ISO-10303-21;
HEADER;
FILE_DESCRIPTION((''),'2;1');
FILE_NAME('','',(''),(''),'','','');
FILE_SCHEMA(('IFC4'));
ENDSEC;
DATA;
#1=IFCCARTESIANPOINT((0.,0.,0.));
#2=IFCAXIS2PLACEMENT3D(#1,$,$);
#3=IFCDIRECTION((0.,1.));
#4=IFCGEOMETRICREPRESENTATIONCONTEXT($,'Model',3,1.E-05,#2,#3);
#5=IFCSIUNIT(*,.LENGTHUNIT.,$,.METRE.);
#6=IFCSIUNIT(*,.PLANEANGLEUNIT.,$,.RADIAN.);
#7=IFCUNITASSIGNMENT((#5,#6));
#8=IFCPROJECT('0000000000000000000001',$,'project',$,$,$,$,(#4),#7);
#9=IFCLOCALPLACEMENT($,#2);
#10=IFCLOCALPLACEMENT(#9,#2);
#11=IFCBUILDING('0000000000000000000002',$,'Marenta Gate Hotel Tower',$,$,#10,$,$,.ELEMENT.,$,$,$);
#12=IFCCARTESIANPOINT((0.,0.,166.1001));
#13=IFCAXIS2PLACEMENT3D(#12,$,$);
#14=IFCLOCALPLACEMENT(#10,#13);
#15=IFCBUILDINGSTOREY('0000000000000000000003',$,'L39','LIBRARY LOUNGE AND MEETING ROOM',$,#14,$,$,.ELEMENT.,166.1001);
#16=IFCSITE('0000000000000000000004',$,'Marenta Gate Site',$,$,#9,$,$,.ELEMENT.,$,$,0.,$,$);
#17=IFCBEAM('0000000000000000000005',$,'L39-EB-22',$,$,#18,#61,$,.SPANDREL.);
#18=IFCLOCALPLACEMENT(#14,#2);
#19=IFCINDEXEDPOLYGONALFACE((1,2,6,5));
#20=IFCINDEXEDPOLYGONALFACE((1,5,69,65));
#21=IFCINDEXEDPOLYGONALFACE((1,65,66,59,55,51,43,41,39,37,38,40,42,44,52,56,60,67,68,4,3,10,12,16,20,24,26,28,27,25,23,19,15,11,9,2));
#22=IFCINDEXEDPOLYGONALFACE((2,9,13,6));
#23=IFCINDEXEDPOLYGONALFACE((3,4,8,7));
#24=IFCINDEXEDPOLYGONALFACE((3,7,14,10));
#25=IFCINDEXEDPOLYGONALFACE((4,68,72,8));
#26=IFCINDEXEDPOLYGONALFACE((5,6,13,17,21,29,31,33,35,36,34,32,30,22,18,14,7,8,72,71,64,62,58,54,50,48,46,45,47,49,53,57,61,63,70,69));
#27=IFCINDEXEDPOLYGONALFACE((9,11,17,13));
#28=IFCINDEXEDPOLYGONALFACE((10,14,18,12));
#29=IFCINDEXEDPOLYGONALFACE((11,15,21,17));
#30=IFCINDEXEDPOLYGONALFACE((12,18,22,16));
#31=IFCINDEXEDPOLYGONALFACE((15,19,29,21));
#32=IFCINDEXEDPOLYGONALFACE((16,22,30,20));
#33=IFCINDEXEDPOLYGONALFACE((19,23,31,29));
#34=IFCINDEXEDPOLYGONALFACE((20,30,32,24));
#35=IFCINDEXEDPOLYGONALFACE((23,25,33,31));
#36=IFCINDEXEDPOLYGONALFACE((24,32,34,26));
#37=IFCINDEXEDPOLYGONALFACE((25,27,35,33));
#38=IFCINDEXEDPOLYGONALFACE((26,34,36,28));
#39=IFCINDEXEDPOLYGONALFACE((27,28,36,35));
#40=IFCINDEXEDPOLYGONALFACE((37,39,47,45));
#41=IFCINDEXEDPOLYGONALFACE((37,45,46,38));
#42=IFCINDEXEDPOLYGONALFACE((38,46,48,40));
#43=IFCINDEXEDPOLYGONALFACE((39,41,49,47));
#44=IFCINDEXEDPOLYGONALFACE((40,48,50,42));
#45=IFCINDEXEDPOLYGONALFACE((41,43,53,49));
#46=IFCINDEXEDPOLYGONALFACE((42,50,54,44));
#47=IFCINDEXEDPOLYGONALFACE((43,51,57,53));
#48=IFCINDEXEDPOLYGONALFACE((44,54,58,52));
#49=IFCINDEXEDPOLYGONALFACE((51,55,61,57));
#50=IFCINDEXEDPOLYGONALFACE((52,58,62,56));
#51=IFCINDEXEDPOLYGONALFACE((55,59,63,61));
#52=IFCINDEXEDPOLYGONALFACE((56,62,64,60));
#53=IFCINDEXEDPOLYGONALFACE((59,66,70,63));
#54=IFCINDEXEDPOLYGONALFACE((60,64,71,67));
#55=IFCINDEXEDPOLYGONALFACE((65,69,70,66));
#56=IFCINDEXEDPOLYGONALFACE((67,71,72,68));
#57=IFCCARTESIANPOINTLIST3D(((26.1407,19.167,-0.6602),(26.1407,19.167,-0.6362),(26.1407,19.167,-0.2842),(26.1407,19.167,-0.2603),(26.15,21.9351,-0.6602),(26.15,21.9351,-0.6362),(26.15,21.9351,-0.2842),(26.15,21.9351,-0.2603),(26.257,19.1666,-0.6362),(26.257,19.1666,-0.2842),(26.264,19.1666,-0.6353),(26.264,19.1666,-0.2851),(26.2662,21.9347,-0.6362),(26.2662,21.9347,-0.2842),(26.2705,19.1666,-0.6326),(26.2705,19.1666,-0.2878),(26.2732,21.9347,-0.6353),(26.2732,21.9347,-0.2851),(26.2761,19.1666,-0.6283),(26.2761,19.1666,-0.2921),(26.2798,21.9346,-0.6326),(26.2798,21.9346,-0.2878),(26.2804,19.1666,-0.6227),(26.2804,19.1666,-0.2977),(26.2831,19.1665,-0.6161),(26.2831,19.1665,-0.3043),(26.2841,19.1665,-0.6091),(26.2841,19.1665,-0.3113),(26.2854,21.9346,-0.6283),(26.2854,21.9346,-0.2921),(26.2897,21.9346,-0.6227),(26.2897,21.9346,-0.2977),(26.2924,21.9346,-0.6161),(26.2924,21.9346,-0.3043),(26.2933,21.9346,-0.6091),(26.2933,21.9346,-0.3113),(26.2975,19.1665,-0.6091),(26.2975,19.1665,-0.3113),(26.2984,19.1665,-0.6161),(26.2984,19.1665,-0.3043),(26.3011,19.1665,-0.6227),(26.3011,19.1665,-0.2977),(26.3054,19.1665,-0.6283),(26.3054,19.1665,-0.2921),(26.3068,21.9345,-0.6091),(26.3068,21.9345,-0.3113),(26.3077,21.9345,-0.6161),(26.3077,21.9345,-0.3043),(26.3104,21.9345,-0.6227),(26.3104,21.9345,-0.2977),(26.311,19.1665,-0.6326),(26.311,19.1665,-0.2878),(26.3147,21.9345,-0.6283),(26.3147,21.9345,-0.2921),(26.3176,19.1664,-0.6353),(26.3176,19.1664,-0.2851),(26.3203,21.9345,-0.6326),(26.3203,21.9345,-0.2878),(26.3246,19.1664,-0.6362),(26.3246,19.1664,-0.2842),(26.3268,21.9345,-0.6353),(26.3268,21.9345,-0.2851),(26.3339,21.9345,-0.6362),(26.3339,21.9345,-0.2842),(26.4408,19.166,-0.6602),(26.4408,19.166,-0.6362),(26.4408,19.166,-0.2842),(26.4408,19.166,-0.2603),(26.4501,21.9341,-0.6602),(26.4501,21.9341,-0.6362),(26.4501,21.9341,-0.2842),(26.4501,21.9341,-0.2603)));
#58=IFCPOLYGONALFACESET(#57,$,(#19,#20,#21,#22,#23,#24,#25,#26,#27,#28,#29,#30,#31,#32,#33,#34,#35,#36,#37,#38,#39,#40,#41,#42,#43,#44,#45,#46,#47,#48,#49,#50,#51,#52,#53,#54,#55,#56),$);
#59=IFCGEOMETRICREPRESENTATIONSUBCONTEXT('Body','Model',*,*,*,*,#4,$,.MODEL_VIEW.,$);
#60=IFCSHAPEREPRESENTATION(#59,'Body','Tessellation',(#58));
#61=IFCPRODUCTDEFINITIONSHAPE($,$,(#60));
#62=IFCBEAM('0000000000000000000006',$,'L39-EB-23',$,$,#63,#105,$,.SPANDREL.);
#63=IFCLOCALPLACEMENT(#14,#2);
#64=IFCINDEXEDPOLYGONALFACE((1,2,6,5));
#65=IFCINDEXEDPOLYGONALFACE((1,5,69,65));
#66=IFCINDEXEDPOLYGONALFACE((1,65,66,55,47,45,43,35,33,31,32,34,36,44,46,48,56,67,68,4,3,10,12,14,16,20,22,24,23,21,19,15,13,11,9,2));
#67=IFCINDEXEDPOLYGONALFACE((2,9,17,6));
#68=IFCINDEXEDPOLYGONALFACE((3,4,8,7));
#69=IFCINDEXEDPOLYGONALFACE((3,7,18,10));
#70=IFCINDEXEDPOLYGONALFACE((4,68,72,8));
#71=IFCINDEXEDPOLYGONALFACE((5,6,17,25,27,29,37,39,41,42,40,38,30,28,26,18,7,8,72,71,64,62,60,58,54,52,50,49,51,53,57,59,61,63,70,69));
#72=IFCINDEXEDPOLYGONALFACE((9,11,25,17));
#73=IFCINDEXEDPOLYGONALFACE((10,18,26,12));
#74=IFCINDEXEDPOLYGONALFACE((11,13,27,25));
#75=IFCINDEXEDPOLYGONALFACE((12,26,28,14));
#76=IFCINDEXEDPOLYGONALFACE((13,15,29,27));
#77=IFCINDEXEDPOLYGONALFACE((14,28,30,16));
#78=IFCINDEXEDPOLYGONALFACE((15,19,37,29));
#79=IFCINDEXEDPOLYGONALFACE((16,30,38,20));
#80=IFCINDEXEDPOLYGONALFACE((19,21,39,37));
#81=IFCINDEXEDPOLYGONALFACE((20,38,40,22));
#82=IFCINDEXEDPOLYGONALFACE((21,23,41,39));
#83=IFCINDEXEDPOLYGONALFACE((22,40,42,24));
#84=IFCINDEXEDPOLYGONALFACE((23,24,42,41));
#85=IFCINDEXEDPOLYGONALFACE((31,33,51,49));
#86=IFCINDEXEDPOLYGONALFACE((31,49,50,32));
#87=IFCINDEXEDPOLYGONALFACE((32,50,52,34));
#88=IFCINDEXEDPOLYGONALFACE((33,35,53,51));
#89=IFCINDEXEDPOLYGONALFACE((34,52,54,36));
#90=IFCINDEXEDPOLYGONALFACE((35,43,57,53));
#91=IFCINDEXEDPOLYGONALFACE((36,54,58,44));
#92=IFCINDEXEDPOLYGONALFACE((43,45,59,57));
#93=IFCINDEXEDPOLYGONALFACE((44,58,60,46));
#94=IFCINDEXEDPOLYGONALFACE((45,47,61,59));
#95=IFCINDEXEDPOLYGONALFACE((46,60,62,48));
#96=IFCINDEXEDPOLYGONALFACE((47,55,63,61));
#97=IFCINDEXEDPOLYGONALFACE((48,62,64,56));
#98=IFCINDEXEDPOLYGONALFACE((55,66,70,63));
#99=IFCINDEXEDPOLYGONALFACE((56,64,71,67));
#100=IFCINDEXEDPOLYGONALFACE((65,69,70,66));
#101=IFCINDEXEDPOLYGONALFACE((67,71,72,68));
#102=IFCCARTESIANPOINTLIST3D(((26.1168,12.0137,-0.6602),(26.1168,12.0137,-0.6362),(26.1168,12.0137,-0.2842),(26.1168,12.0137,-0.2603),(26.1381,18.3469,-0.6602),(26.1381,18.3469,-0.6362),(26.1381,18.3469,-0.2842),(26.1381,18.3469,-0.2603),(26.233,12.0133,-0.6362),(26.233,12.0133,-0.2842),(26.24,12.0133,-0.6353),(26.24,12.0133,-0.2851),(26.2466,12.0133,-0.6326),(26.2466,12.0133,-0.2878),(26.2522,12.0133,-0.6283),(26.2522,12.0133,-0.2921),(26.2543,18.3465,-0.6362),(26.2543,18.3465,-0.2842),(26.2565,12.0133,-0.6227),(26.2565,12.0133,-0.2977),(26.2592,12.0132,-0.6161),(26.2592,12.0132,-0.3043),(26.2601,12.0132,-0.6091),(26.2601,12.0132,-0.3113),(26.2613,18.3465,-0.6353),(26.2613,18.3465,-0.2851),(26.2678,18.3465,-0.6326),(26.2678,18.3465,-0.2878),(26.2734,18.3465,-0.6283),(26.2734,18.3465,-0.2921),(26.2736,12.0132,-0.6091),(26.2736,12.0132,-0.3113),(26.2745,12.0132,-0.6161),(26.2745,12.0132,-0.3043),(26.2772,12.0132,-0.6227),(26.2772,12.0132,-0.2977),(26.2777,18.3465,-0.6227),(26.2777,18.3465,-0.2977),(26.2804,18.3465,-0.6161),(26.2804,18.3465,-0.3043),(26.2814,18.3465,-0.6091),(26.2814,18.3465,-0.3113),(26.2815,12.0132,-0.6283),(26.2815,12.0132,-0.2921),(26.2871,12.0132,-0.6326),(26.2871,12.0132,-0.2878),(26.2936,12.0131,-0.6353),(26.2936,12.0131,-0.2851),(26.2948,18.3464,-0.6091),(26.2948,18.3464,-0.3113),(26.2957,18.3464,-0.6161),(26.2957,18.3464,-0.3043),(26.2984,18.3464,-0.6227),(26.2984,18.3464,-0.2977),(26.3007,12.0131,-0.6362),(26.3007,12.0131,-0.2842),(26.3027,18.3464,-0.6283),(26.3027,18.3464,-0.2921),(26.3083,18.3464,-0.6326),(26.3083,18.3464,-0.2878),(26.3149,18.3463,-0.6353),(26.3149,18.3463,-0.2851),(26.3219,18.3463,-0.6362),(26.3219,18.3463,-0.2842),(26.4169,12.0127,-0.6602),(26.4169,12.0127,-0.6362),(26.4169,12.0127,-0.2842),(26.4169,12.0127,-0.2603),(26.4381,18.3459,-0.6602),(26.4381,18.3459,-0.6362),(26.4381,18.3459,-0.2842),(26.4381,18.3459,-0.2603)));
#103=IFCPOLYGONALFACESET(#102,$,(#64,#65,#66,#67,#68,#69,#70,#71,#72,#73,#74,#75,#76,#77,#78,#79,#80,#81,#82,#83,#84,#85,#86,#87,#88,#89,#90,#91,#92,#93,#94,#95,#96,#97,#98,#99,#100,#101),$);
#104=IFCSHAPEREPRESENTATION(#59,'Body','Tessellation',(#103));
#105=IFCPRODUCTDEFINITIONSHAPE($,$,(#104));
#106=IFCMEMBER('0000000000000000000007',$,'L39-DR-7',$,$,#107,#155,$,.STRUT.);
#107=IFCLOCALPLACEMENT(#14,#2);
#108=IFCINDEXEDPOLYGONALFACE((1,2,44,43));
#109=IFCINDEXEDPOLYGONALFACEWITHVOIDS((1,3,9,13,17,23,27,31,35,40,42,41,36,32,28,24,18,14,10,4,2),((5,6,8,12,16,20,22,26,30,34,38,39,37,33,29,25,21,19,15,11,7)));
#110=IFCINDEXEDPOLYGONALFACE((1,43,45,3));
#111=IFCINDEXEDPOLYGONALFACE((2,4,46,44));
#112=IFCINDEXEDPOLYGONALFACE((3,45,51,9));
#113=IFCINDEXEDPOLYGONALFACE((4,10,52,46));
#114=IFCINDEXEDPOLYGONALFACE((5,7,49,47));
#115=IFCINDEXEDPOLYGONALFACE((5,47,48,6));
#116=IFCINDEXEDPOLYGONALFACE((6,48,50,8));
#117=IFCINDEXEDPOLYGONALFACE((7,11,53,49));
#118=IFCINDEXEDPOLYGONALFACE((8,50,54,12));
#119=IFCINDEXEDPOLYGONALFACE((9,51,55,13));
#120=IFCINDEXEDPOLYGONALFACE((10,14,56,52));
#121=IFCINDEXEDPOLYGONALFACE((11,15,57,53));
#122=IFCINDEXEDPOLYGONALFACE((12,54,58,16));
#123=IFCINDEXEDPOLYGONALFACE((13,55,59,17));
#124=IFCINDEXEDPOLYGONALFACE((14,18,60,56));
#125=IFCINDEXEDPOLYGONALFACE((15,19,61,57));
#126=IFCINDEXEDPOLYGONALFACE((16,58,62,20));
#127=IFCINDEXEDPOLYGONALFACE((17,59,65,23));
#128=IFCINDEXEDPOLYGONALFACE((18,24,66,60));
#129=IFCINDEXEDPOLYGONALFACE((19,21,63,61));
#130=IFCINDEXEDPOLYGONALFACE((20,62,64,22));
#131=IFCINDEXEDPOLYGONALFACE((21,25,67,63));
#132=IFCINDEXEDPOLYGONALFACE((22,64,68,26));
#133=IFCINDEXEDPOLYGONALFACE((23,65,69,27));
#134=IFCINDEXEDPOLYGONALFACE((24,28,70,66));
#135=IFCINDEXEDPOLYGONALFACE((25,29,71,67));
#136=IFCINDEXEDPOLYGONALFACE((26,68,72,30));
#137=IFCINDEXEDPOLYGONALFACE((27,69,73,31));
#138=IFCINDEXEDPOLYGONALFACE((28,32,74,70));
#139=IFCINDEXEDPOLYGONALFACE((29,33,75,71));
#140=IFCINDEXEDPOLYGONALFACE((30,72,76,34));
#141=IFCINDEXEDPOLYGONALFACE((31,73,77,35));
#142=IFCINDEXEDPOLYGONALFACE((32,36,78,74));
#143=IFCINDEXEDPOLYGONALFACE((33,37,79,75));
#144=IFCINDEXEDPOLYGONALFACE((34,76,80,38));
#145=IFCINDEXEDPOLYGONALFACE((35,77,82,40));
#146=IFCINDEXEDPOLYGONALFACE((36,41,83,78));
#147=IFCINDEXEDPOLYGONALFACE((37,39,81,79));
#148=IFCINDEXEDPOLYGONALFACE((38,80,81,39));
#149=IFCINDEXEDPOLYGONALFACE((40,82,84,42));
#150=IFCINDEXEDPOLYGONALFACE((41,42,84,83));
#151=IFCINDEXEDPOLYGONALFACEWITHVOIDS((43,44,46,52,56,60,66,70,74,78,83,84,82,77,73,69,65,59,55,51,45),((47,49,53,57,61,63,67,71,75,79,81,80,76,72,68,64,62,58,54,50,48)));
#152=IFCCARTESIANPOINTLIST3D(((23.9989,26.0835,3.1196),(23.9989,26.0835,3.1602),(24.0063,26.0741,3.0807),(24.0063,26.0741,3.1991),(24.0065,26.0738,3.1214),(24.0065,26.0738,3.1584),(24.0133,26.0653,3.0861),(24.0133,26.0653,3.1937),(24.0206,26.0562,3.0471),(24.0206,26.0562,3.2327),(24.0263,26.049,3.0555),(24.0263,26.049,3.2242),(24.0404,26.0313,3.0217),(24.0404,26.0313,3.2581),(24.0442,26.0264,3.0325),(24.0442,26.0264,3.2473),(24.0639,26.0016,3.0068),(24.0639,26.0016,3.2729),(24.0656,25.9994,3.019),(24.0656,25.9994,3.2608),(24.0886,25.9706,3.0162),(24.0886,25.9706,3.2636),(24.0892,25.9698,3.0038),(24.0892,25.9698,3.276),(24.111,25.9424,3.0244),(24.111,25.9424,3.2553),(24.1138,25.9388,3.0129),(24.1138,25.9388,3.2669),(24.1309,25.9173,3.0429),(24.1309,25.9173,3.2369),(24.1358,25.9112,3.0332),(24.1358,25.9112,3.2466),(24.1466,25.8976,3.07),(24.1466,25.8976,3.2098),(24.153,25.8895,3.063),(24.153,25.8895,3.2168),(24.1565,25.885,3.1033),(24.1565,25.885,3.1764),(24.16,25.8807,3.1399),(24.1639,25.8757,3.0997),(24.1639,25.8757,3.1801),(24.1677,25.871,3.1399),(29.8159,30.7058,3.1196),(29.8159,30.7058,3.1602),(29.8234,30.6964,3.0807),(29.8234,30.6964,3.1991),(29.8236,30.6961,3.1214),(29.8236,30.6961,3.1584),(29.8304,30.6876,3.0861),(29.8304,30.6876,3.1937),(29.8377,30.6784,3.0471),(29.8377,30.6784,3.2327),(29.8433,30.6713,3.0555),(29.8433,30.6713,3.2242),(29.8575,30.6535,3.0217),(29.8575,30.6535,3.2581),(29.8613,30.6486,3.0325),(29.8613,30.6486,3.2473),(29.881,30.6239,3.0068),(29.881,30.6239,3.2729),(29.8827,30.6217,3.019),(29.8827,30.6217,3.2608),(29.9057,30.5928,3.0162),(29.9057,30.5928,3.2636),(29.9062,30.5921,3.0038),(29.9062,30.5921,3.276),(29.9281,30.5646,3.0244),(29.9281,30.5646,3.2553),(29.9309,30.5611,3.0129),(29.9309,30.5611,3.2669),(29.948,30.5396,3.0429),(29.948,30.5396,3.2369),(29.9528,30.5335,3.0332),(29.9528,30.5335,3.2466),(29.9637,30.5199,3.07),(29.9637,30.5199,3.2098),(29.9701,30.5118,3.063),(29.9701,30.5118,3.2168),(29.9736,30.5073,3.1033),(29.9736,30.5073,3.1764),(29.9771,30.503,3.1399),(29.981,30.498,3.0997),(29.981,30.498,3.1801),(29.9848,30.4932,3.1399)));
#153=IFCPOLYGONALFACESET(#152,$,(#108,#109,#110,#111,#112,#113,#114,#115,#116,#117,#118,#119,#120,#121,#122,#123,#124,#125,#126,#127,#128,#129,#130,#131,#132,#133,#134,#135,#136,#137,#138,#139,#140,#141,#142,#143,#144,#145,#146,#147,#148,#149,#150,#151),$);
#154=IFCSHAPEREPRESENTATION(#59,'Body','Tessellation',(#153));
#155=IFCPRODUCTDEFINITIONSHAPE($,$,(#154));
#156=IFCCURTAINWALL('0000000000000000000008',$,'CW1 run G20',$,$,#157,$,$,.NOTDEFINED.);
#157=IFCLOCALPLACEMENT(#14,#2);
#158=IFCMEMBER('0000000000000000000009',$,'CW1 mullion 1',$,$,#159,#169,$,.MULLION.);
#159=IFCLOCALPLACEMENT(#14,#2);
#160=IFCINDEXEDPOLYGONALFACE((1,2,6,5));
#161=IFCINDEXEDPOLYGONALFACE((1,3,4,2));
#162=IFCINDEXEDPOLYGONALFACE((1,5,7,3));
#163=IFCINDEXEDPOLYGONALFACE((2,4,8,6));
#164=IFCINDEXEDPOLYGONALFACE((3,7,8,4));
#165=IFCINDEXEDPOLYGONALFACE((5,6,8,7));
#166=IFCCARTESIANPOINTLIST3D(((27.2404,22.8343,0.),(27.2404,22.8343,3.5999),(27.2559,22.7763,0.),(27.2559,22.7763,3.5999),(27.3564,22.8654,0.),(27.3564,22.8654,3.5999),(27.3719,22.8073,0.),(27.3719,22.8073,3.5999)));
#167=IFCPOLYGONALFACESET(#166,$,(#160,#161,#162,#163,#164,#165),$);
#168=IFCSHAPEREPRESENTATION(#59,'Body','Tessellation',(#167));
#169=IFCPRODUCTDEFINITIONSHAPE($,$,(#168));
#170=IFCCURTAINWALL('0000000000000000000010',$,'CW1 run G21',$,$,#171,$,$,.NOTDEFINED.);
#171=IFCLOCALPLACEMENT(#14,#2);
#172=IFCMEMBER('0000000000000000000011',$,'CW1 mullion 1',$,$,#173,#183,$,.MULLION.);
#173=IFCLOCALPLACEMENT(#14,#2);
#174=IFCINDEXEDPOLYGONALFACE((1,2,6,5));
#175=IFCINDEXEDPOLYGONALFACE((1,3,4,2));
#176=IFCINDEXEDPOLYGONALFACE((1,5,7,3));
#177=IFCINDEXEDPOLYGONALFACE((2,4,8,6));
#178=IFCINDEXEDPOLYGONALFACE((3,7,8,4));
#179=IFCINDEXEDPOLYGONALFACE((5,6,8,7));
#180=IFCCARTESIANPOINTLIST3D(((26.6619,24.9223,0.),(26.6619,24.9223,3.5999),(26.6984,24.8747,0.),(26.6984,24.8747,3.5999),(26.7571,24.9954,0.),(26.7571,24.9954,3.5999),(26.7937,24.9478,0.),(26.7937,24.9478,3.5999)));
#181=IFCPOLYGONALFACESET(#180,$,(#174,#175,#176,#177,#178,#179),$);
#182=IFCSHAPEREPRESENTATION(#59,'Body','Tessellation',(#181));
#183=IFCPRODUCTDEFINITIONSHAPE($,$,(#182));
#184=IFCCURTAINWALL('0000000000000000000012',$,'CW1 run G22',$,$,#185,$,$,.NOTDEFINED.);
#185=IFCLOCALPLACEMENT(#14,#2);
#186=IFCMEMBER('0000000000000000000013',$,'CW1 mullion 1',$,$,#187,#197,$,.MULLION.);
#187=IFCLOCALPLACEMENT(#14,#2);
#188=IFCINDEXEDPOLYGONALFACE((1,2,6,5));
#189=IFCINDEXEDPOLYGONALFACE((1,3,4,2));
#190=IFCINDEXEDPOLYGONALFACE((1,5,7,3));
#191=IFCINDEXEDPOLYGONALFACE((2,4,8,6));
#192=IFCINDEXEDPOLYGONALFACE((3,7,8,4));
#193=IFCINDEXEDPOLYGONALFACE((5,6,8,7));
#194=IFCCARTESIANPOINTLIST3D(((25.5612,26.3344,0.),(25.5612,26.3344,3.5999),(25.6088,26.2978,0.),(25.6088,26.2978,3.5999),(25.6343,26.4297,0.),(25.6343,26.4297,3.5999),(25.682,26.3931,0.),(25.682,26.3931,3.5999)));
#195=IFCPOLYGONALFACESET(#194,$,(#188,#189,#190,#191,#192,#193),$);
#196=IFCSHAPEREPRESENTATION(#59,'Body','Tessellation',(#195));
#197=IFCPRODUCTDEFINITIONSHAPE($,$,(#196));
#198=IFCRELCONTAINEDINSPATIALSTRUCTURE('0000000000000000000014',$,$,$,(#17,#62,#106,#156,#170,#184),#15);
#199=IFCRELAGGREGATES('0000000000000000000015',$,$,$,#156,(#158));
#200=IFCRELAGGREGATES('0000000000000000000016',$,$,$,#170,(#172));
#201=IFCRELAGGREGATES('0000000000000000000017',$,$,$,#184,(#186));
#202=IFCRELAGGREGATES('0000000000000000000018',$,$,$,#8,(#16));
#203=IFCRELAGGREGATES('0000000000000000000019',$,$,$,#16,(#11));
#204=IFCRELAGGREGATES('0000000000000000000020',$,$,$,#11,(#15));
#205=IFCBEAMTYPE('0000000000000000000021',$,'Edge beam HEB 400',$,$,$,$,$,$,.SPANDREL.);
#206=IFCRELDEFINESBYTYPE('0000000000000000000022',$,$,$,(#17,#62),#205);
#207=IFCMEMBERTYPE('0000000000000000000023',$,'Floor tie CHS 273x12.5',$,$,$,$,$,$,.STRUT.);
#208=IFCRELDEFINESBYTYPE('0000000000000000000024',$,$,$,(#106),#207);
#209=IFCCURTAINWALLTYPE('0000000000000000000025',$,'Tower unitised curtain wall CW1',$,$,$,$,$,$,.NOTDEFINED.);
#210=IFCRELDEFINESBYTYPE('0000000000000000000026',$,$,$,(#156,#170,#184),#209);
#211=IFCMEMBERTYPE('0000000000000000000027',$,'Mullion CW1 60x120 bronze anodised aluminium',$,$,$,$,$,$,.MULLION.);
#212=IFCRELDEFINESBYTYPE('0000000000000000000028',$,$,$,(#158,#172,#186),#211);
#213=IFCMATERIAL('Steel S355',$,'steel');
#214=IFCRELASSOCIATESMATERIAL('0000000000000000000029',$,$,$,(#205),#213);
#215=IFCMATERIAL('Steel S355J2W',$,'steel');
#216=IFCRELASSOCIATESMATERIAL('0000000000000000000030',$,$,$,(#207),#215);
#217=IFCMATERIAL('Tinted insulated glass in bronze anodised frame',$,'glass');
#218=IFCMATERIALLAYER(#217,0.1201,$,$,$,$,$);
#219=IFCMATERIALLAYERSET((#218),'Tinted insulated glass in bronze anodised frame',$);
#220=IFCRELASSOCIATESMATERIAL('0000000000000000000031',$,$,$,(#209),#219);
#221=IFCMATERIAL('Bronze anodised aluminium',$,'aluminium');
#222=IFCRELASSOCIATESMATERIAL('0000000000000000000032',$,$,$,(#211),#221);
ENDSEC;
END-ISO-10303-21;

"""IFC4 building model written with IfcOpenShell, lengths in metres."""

from ifc_helpers import new_model, si_unit, direction, frame, origin, origin_2d, place, context, subcontext, project, spatial, rectangle, hollow_circle, i_section, extrude, material, layer, layer_set, material_profile, profile_set, type_object, element, aggregate, save


model = new_model("IFC4")

# Units and contexts
model_context = context("Model", 3, precision=1e-05, world=origin(), true_north=direction((0.0, 1.0)))
body_context = subcontext(model_context, "Body", "Model", "MODEL_VIEW")
ifc_project = project(units=[si_unit("LENGTHUNIT", "METRE"), si_unit("PLANEANGLEUNIT", "RADIAN")], contexts=[model_context])

# Site, building, storey
site_placement = place(None, origin())
site = spatial("IfcSite", under=ifc_project, at=site_placement, Name="Marenta Gate Site", CompositionType="ELEMENT", RefElevation=0.0)
building_placement = place(site_placement, origin())
building = spatial("IfcBuilding", under=site, at=building_placement, Name="Marenta Gate Hotel Tower", CompositionType="ELEMENT")
storey_placement = place(building_placement, frame((0.0, 0.0, 166.1001)))
storey = spatial("IfcBuildingStorey", under=building, at=storey_placement, Name="L39", Description="LIBRARY LOUNGE AND MEETING ROOM", CompositionType="ELEMENT", Elevation=166.1001)

# Beams
ifc_material_1 = material(Name="Steel S355", Category="steel")
ifc_material_profile_1 = material_profile(ifc_material_1, i_section(OverallWidth=0.3, OverallDepth=0.3999, WebThickness=0.0134, FlangeThickness=0.0239, FilletRadius=0.0271, at=origin_2d()), Name="HEB 400")
ifc_profile_set_1 = profile_set([ifc_material_profile_1], Name="Steel S355")
beam_type = type_object("IfcBeamType", Name="Edge beam HEB 400", PredefinedType="SPANDREL", material=ifc_profile_set_1)
beam_1_placement = place(storey_placement, frame((26.3, 21.9346, -0.4602), z_axis=(-0.003352, -0.999994, 0.0), x_axis=(0.999994, -0.003352, 0.0)))
element("IfcBeam", 1, at=beam_1_placement, inside=storey, type_object=beam_type, Name="L39-EB-22", PredefinedType="SPANDREL", context=body_context, shape_type="SweptSolid", body=[
    extrude(i_section(OverallWidth=0.3, OverallDepth=0.3999, WebThickness=0.0134, FlangeThickness=0.0239, FilletRadius=0.0271, at=origin_2d()), origin(), (0.0, 0.0, 1.0), 2.7681),
])
beam_2_placement = place(storey_placement, frame((26.2881, 18.3464, -0.4602), z_axis=(-0.003354, -0.999994, 0.0), x_axis=(0.999994, -0.003354, 0.0)))
element("IfcBeam", 2, at=beam_2_placement, inside=storey, type_object=beam_type, Name="L39-EB-23", PredefinedType="SPANDREL", context=body_context, shape_type="SweptSolid", body=[
    extrude(i_section(OverallWidth=0.3, OverallDepth=0.3999, WebThickness=0.0134, FlangeThickness=0.0239, FilletRadius=0.0271, at=origin_2d()), origin(), (0.0, 0.0, 1.0), 6.3333),
])

# Member
ifc_material_2 = material(Name="Steel S355J2W", Category="steel")
ifc_material_profile_2 = material_profile(ifc_material_2, hollow_circle(Radius=0.1365, WallThickness=0.0125, at=origin_2d()), Name="CHS 273x12.5")
ifc_profile_set_2 = profile_set([ifc_material_profile_2], Name="Steel S355J2W")
member_type_1 = type_object("IfcMemberType", Name="Floor tie CHS 273x12.5", PredefinedType="STRUT", material=ifc_profile_set_2)
member_1_placement = place(storey_placement, frame((29.8999, 30.6001, 3.1399), z_axis=(-0.782926, -0.622115, 0.0), x_axis=(0.622115, -0.782926, 0.0)))
element("IfcMember", 3, at=member_1_placement, inside=storey, type_object=member_type_1, Name="L39-DR-7", PredefinedType="STRUT", context=body_context, shape_type="SweptSolid", body=[
    extrude(hollow_circle(Radius=0.1365, WallThickness=0.0125, at=origin_2d()), origin(), (0.0, 0.0, 1.0), 7.4299),
])

# Curtain walls, members
ifc_material_3 = material(Name="Tinted insulated glass in bronze anodised frame", Category="glass")
ifc_layer_1 = layer(ifc_material_3, 0.1201)
ifc_layer_set_1 = layer_set([ifc_layer_1], Name="Tinted insulated glass in bronze anodised frame")
curtain_wall_type = type_object("IfcCurtainWallType", Name="Tower unitised curtain wall CW1", PredefinedType="NOTDEFINED", material=ifc_layer_set_1)
curtain_wall_1_placement = place(storey_placement, origin())
curtain_wall_1 = element("IfcCurtainWall", 4, at=curtain_wall_1_placement, inside=storey, type_object=curtain_wall_type, Name="CW1 run G20", PredefinedType="NOTDEFINED")
ifc_material_4 = material(Name="Bronze anodised aluminium", Category="aluminium")
ifc_material_profile_3 = material_profile(ifc_material_4, rectangle(XDim=0.1201, YDim=0.0601, at=origin_2d()), Name="Mullion CW1 60x120 bronze anodised aluminium")
ifc_profile_set_3 = profile_set([ifc_material_profile_3], Name="Bronze anodised aluminium")
member_type_2 = type_object("IfcMemberType", Name="Mullion CW1 60x120 bronze anodised aluminium", PredefinedType="MULLION", material=ifc_profile_set_3)
member_2_placement = place(storey_placement, frame((27.3062, 22.8208, 0.0), z_axis=(0.0, 0.0, 1.0), x_axis=(-0.965925, -0.258823, 0.0)))
member_2 = element("IfcMember", 5, at=member_2_placement, type_object=member_type_2, Name="CW1 mullion 1", PredefinedType="MULLION", context=body_context, shape_type="SweptSolid", body=[
    extrude(rectangle(XDim=0.1201, YDim=0.0601, at=origin_2d()), origin(), (0.0, 0.0, 1.0), 3.5999),
])
curtain_wall_2_placement = place(storey_placement, origin())
curtain_wall_2 = element("IfcCurtainWall", 6, at=curtain_wall_2_placement, inside=storey, type_object=curtain_wall_type, Name="CW1 run G21", PredefinedType="NOTDEFINED")
member_3_placement = place(storey_placement, frame((26.7278, 24.9351, 0.0), z_axis=(0.0, 0.0, 1.0), x_axis=(-0.793327, -0.608796, 0.0)))
member_3 = element("IfcMember", 7, at=member_3_placement, type_object=member_type_2, Name="CW1 mullion 1", PredefinedType="MULLION", context=body_context, shape_type="SweptSolid", body=[
    extrude(rectangle(XDim=0.1201, YDim=0.0601, at=origin_2d()), origin(), (0.0, 0.0, 1.0), 3.5999),
])
curtain_wall_3_placement = place(storey_placement, origin())
curtain_wall_3 = element("IfcCurtainWall", 8, at=curtain_wall_3_placement, inside=storey, type_object=curtain_wall_type, Name="CW1 run G22", PredefinedType="NOTDEFINED")
member_4_placement = place(storey_placement, frame((25.6216, 26.3638, 0.0), z_axis=(0.0, 0.0, 1.0), x_axis=(-0.608747, -0.793364, 0.0)))
member_4 = element("IfcMember", 9, at=member_4_placement, type_object=member_type_2, Name="CW1 mullion 1", PredefinedType="MULLION", context=body_context, shape_type="SweptSolid", body=[
    extrude(rectangle(XDim=0.1201, YDim=0.0601, at=origin_2d()), origin(), (0.0, 0.0, 1.0), 3.5999),
])

aggregate(curtain_wall_1, [member_2])
aggregate(curtain_wall_2, [member_3])
aggregate(curtain_wall_3, [member_4])

save(model, "model.ifc")
